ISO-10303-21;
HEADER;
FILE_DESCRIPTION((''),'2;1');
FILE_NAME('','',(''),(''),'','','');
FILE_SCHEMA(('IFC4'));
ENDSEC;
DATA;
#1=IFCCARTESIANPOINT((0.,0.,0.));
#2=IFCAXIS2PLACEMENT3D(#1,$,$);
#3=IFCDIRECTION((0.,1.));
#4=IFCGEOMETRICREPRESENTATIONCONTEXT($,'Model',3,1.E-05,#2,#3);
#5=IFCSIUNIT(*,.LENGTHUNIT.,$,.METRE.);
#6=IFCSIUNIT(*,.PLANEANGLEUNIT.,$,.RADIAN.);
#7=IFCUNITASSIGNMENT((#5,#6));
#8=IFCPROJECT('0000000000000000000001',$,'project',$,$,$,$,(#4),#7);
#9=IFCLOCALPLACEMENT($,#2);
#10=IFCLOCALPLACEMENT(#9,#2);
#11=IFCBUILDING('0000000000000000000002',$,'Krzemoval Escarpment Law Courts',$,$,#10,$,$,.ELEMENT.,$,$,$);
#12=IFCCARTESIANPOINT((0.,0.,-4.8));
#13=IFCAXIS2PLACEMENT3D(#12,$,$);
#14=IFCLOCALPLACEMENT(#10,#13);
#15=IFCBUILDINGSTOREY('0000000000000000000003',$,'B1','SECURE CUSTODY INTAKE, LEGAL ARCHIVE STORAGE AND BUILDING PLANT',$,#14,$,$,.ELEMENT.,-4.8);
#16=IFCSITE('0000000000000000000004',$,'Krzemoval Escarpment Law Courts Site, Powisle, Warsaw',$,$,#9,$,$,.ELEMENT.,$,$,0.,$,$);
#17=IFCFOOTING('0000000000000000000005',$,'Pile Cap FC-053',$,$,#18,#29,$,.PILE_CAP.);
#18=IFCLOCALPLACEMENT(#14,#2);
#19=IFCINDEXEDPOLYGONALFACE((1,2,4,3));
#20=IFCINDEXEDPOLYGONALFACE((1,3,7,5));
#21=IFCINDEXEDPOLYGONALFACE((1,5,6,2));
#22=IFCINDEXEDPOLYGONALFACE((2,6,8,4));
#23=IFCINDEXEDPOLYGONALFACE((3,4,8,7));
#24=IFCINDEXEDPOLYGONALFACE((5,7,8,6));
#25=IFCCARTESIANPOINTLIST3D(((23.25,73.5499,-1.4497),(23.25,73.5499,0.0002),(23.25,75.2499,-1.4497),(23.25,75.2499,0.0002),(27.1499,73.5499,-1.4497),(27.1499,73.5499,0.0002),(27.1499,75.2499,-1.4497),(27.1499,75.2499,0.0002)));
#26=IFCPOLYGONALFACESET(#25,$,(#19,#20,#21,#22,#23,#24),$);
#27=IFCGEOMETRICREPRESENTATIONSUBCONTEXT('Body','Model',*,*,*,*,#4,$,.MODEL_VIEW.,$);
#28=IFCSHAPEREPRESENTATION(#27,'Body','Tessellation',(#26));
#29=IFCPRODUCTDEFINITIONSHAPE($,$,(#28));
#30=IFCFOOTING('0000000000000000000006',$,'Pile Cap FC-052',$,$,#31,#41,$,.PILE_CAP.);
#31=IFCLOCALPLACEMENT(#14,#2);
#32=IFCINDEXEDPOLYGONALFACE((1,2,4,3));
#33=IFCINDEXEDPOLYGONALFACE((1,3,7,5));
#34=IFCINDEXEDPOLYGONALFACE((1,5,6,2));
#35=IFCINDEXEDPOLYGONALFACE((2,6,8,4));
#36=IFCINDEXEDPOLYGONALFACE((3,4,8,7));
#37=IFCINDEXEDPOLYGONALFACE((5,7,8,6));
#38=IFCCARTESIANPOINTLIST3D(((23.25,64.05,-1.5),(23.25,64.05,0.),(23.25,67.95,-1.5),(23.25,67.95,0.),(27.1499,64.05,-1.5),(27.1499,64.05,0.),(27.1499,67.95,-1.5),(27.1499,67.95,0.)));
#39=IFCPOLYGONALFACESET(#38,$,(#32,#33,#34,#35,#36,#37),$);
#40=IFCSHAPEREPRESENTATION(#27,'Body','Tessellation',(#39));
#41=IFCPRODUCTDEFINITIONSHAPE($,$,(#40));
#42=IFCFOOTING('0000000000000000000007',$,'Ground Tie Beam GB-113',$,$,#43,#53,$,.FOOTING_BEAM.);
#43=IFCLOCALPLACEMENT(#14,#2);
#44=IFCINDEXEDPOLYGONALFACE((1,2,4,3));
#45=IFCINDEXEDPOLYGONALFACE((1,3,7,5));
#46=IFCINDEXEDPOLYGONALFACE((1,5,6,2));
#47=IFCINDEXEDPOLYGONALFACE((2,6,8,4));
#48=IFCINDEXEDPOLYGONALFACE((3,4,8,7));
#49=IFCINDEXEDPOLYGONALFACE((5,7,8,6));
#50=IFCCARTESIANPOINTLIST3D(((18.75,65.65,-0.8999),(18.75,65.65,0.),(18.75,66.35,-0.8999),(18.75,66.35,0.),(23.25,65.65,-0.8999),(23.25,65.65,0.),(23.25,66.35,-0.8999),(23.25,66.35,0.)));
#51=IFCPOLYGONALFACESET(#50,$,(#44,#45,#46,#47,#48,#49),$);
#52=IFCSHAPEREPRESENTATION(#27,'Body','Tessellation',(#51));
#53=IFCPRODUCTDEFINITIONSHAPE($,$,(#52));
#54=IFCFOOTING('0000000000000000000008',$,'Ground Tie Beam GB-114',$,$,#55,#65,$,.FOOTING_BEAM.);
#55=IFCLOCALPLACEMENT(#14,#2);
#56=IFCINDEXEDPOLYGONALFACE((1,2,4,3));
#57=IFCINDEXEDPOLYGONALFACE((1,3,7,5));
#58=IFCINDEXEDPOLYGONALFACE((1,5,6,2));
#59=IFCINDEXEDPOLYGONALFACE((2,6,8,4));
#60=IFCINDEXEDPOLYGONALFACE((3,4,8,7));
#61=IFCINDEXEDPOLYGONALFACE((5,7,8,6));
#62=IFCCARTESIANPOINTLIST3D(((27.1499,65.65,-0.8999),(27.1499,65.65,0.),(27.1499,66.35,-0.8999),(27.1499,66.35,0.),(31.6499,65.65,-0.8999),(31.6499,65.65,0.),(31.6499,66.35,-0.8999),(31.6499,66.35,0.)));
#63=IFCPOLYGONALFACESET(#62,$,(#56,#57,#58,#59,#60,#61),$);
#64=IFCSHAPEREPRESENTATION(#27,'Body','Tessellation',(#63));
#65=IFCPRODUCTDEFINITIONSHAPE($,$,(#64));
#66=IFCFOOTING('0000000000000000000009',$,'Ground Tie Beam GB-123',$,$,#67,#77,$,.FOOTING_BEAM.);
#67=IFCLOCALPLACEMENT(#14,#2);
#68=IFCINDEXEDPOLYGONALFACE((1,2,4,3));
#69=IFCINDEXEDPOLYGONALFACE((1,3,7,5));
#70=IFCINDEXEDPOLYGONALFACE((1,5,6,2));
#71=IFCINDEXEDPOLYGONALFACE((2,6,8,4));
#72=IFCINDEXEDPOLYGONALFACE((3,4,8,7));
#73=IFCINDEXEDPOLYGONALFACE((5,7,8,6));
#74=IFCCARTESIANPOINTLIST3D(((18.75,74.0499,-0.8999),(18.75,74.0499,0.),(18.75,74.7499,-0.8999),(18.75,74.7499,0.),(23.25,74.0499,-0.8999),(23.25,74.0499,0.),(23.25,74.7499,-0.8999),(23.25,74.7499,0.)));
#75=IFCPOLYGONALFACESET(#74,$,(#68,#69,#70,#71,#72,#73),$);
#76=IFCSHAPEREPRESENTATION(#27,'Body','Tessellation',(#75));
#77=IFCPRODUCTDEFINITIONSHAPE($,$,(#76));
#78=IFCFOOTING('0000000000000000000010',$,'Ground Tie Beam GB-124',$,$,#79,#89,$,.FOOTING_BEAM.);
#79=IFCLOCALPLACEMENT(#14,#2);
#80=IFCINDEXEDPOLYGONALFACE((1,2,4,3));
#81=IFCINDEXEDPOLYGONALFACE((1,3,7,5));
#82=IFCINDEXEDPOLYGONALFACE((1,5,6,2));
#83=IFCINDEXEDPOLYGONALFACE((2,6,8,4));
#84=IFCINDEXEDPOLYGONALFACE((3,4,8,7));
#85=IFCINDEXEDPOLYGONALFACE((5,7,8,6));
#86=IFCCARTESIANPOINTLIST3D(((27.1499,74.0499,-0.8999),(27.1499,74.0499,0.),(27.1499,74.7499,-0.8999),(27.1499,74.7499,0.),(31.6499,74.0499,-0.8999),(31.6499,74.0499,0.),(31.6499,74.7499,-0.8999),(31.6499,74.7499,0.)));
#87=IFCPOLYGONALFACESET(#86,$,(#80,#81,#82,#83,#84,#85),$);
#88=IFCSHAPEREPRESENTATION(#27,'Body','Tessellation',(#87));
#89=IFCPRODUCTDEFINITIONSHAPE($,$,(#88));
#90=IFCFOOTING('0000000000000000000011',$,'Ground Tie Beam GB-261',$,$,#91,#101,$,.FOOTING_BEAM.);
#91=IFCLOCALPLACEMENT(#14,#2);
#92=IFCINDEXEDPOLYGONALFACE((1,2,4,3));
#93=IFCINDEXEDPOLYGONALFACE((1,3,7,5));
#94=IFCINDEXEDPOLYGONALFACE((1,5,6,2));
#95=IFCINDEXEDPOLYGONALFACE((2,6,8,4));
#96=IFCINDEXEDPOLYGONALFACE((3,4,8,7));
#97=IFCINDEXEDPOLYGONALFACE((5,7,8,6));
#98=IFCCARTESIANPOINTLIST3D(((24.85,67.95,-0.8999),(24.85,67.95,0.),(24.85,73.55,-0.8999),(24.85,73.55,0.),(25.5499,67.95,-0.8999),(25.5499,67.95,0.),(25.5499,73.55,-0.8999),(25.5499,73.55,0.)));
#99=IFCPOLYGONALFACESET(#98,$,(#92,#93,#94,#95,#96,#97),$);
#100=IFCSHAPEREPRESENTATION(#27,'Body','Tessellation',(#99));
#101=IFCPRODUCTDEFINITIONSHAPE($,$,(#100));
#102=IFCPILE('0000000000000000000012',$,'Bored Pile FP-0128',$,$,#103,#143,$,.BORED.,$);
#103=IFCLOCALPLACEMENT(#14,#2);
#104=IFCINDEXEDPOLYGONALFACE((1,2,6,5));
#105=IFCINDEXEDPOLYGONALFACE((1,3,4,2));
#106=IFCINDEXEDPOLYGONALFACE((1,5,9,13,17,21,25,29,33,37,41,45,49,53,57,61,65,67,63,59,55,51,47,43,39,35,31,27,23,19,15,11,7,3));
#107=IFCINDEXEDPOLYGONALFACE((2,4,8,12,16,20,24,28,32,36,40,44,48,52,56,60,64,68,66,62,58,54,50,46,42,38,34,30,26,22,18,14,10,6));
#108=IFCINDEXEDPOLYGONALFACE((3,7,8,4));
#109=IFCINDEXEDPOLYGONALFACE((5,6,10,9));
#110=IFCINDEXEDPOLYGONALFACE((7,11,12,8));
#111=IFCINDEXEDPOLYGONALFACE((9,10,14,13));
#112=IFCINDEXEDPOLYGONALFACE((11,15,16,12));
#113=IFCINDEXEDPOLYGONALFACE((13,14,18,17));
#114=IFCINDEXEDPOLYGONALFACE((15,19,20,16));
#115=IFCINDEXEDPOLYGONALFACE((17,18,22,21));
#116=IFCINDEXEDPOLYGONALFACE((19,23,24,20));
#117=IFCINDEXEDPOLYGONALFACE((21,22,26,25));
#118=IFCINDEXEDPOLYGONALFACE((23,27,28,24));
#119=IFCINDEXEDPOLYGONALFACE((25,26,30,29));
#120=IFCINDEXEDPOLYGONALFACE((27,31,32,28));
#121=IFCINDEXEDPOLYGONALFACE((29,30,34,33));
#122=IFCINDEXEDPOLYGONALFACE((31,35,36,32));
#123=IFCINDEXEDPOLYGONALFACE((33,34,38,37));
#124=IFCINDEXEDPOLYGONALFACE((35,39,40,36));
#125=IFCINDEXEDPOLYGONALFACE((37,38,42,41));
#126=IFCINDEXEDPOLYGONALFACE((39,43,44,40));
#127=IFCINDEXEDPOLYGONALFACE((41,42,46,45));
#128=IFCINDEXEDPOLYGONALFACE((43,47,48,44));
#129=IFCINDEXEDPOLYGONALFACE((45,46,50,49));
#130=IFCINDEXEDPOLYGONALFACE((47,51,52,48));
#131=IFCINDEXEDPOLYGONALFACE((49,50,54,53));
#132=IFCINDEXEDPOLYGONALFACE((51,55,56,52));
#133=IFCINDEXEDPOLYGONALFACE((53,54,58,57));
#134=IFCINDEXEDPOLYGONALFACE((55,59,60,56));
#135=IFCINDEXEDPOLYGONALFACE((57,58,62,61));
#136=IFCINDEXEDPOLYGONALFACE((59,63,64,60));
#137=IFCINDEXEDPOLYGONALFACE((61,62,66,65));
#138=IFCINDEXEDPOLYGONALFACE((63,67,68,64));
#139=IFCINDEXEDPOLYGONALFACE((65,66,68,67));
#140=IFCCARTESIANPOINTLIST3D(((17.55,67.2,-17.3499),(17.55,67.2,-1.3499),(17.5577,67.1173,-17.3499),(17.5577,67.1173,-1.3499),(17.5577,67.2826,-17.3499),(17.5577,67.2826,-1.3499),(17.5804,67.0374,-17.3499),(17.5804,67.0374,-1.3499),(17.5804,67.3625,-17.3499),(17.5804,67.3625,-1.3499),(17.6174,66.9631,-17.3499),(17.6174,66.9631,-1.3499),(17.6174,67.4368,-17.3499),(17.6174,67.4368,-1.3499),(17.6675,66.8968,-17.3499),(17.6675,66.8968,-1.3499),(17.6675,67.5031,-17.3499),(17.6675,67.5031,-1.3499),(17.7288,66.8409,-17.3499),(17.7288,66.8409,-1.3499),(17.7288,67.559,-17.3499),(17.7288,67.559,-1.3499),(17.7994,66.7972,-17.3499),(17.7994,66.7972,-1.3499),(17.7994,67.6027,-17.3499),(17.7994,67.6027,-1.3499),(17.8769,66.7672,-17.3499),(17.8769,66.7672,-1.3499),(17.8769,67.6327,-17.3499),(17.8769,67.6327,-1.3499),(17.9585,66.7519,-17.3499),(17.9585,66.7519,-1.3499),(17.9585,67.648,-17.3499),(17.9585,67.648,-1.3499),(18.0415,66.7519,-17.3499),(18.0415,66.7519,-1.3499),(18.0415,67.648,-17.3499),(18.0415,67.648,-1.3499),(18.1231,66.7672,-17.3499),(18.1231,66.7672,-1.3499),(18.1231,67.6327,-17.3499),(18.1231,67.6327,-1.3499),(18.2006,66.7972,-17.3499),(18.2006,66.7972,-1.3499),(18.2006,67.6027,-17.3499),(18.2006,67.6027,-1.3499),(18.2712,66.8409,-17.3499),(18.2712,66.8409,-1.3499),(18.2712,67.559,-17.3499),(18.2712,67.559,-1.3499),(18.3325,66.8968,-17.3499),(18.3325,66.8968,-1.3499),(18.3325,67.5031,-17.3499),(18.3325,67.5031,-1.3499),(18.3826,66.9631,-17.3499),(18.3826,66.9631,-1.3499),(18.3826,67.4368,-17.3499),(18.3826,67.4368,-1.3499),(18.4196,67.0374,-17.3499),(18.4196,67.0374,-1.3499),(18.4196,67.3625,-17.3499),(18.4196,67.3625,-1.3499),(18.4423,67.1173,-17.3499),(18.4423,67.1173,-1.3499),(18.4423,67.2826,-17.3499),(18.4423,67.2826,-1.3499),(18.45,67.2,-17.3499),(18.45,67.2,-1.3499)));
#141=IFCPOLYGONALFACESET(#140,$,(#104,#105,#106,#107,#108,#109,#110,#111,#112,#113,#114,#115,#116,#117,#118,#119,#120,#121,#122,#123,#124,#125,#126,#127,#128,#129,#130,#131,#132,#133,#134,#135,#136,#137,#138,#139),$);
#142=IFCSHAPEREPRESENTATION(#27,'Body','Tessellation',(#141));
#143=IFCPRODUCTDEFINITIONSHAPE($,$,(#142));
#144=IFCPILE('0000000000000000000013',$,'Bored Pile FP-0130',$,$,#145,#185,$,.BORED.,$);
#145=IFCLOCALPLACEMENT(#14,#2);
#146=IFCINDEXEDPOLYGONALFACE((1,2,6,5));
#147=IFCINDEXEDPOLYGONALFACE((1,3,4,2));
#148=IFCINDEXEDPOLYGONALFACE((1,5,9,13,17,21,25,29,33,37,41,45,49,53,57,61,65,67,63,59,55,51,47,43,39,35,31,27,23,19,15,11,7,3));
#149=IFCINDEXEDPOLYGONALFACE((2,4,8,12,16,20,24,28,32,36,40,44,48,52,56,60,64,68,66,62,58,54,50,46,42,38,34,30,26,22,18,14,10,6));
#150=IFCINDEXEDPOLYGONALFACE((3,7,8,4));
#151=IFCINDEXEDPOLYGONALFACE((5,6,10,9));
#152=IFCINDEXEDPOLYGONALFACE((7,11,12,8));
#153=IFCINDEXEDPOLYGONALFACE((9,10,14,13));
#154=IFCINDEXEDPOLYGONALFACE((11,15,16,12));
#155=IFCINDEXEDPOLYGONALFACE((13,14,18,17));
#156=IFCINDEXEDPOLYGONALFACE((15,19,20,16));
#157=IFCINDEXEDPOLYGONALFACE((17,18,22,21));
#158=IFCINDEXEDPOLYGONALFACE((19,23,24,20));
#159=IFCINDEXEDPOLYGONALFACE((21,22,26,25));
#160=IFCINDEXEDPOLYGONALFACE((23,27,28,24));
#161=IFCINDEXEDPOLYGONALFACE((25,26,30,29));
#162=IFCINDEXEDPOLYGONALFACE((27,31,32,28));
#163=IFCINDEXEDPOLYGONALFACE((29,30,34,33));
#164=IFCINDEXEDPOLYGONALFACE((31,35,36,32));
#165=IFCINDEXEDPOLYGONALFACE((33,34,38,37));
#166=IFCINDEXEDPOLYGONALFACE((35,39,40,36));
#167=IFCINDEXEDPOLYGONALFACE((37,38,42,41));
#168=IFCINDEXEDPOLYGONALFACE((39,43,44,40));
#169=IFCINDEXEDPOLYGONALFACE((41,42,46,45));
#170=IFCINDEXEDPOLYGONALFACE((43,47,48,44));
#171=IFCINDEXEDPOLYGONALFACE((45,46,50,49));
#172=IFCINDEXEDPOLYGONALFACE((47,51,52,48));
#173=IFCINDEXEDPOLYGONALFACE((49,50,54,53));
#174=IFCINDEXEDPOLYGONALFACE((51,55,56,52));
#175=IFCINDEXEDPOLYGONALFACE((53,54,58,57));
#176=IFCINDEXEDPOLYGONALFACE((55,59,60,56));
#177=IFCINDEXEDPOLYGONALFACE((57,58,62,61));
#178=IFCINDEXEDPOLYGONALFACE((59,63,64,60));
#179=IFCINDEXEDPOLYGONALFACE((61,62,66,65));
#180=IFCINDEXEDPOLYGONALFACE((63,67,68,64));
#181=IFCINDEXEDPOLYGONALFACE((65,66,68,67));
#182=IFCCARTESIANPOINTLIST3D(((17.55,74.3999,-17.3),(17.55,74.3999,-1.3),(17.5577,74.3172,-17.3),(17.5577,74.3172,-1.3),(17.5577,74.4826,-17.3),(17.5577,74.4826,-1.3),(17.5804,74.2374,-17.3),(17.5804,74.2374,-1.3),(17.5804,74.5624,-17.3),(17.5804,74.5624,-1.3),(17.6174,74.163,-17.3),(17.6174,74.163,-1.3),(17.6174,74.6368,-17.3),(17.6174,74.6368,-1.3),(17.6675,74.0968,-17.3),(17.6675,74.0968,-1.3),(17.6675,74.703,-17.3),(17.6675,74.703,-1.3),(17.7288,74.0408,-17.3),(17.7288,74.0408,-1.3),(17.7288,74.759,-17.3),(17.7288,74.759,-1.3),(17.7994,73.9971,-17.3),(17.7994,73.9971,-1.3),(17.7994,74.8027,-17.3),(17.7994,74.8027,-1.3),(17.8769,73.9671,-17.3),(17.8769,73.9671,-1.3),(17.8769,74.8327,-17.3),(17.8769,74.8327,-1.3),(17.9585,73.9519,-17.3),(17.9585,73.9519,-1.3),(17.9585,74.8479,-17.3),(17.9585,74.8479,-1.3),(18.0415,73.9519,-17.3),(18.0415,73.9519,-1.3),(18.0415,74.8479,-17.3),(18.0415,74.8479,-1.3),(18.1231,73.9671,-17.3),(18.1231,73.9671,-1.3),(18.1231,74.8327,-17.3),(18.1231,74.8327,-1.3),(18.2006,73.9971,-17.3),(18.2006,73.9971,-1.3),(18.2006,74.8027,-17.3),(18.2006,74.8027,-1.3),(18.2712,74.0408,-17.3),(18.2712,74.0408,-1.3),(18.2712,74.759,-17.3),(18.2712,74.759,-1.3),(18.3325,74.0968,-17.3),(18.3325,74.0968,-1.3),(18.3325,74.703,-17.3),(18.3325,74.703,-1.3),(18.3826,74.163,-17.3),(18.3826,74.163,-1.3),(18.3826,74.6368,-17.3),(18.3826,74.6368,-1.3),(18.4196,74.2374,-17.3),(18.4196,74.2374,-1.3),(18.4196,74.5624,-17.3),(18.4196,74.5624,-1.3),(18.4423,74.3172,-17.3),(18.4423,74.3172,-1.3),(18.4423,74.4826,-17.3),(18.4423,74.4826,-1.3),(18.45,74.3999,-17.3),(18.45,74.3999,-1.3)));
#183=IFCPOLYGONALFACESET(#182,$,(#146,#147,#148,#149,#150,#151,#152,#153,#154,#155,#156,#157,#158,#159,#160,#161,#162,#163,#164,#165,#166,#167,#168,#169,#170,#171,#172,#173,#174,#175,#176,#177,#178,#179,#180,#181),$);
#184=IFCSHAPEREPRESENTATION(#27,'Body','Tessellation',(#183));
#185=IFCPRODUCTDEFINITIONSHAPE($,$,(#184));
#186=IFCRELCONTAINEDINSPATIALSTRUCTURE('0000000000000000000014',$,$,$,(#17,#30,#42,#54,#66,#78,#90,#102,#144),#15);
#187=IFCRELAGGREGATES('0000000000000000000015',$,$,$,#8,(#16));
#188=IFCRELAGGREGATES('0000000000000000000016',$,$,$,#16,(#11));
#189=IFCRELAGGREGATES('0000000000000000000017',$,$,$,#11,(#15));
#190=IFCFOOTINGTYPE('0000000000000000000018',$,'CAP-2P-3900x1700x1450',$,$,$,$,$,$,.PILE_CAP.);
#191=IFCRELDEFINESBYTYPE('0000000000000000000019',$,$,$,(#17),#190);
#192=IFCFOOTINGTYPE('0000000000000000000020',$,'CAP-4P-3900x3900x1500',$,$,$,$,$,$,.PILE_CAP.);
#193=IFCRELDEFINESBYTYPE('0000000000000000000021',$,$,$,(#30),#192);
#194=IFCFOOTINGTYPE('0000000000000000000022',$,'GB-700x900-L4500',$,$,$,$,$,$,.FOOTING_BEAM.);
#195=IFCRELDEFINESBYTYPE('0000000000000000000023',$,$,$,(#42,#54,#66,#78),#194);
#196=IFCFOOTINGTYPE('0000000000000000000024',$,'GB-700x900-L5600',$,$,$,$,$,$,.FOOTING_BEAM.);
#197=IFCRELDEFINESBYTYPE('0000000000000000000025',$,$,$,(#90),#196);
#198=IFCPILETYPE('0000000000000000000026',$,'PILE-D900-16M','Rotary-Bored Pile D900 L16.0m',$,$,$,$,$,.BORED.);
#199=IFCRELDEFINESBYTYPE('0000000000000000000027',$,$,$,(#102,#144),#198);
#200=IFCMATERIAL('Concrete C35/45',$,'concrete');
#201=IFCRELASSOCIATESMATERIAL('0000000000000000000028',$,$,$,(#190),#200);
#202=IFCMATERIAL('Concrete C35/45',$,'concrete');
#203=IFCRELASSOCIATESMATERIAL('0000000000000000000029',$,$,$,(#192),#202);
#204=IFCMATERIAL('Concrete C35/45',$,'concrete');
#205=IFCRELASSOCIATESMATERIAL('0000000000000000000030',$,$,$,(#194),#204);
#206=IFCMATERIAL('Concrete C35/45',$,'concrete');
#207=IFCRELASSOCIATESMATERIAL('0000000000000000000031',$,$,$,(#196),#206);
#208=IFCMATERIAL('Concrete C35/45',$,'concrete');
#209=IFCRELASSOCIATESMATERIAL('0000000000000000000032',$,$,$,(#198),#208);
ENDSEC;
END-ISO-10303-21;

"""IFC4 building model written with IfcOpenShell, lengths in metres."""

from ifc_helpers import new_model, si_unit, direction, frame, origin, origin_2d, place, context, subcontext, project, spatial, rectangle, circle, extrude, material, material_profile, profile_set, type_object, element, save


model = new_model("IFC4")

# Units and contexts
model_context = context("Model", 3, precision=1e-05, world=origin(), true_north=direction((0.0, 1.0)))
body_context = subcontext(model_context, "Body", "Model", "MODEL_VIEW")
ifc_project = project(units=[si_unit("LENGTHUNIT", "METRE"), si_unit("PLANEANGLEUNIT", "RADIAN")], contexts=[model_context])

# Site, building, storey
site_placement = place(None, origin())
site = spatial("IfcSite", under=ifc_project, at=site_placement, Name="Krzemoval Escarpment Law Courts Site, Powisle, Warsaw", CompositionType="ELEMENT", RefElevation=0.0)
building_placement = place(site_placement, origin())
building = spatial("IfcBuilding", under=site, at=building_placement, Name="Krzemoval Escarpment Law Courts", CompositionType="ELEMENT")
storey_placement = place(building_placement, frame((0.0, 0.0, -4.8)))
storey = spatial("IfcBuildingStorey", under=building, at=storey_placement, Name="B1", Description="SECURE CUSTODY INTAKE, LEGAL ARCHIVE STORAGE AND BUILDING PLANT", CompositionType="ELEMENT", Elevation=-4.8)

# Footings
ifc_material_1 = material(Name="Concrete C35/45", Category="concrete")
footing_type_1 = type_object("IfcFootingType", Name="CAP-2P-3900x1700x1450", PredefinedType="PILE_CAP", material=ifc_material_1)
footing_1_placement = place(storey_placement, frame((25.2, 74.3999, -1.4497), z_axis=(0.0, 0.0, 1.0), x_axis=(1.0, 0.0, 0.0)))
element("IfcFooting", 1, at=footing_1_placement, inside=storey, type_object=footing_type_1, Name="Pile Cap FC-053", PredefinedType="PILE_CAP", context=body_context, shape_type="SweptSolid", body=[
    extrude(rectangle(XDim=3.8999, YDim=1.7, at=origin_2d()), origin(), (0.0, 0.0, 1.0), 1.45),
])
ifc_material_2 = material(Name="Concrete C35/45", Category="concrete")
footing_type_2 = type_object("IfcFootingType", Name="CAP-4P-3900x3900x1500", PredefinedType="PILE_CAP", material=ifc_material_2)
footing_2_placement = place(storey_placement, frame((25.2, 66.0, -1.5), z_axis=(0.0, 0.0, 1.0), x_axis=(1.0, 0.0, 0.0)))
element("IfcFooting", 2, at=footing_2_placement, inside=storey, type_object=footing_type_2, Name="Pile Cap FC-052", PredefinedType="PILE_CAP", context=body_context, shape_type="SweptSolid", body=[
    extrude(rectangle(XDim=3.8999, YDim=3.8999, at=origin_2d()), origin(), (0.0, 0.0, 1.0), 1.5),
])
ifc_material_3 = material(Name="Concrete C35/45", Category="concrete")
footing_type_3 = type_object("IfcFootingType", Name="GB-700x900-L4500", PredefinedType="FOOTING_BEAM", material=ifc_material_3)
for number, where, z_axis, x_axis, name in (
    (3, (21.0, 66.0, -0.8999), (0.0, 0.0, 1.0), (1.0, 0.0, 0.0), "Ground Tie Beam GB-113"),
    (4, (29.3999, 66.0, -0.8999), (0.0, 0.0, 1.0), (1.0, 0.0, 0.0), "Ground Tie Beam GB-114"),
    (5, (21.0, 74.3999, -0.8999), (0.0, 0.0, 1.0), (1.0, 0.0, 0.0), "Ground Tie Beam GB-123"),
    (6, (29.3999, 74.3999, -0.8999), (0.0, 0.0, 1.0), (1.0, 0.0, 0.0), "Ground Tie Beam GB-124"),
):
    element("IfcFooting", number, at=place(storey_placement, frame(where, z_axis=z_axis, x_axis=x_axis)), inside=storey, type_object=footing_type_3, Name=name, PredefinedType="FOOTING_BEAM", context=body_context, shape_type="SweptSolid", body=[
        extrude(rectangle(XDim=4.5, YDim=0.7, at=origin_2d()), origin(), (0.0, 0.0, 1.0), 0.8999),
    ])
ifc_material_4 = material(Name="Concrete C35/45", Category="concrete")
footing_type_4 = type_object("IfcFootingType", Name="GB-700x900-L5600", PredefinedType="FOOTING_BEAM", material=ifc_material_4)
footing_3_placement = place(storey_placement, frame((25.2, 70.75, -0.8999), z_axis=(0.0, 0.0, 1.0), x_axis=(0.0, 1.0, 0.0)))
element("IfcFooting", 7, at=footing_3_placement, inside=storey, type_object=footing_type_4, Name="Ground Tie Beam GB-261", PredefinedType="FOOTING_BEAM", context=body_context, shape_type="SweptSolid", body=[
    extrude(rectangle(XDim=5.6001, YDim=0.7, at=origin_2d()), origin(), (0.0, 0.0, 1.0), 0.8999),
])

# Piles
ifc_material_5 = material(Name="Concrete C35/45", Category="concrete")
ifc_material_profile_1 = material_profile(ifc_material_5, circle(Radius=0.45, at=origin_2d()), Name="PILE D900")
ifc_profile_set_1 = profile_set([ifc_material_profile_1], Name="Concrete C35/45")
pile_type = type_object("IfcPileType", Name="PILE-D900-16M", Description="Rotary-Bored Pile D900 L16.0m", PredefinedType="BORED", material=ifc_profile_set_1)
for number, where, z_axis, x_axis, name in (
    (8, (18.0, 67.2, -1.3499), (0.0, 0.0, -1.0), (1.0, 0.0, 0.0), "Bored Pile FP-0128"),
    (9, (18.0, 74.3999, -1.3), (0.0, 0.0, -1.0), (1.0, 0.0, 0.0), "Bored Pile FP-0130"),
):
    element("IfcPile", number, at=place(storey_placement, frame(where, z_axis=z_axis, x_axis=x_axis)), inside=storey, type_object=pile_type, Name=name, PredefinedType="BORED", context=body_context, shape_type="SweptSolid", body=[
        extrude(circle(Radius=0.45, at=origin_2d()), origin(), (0.0, 0.0, 1.0), 16.0),
    ])

save(model, "model.ifc")
